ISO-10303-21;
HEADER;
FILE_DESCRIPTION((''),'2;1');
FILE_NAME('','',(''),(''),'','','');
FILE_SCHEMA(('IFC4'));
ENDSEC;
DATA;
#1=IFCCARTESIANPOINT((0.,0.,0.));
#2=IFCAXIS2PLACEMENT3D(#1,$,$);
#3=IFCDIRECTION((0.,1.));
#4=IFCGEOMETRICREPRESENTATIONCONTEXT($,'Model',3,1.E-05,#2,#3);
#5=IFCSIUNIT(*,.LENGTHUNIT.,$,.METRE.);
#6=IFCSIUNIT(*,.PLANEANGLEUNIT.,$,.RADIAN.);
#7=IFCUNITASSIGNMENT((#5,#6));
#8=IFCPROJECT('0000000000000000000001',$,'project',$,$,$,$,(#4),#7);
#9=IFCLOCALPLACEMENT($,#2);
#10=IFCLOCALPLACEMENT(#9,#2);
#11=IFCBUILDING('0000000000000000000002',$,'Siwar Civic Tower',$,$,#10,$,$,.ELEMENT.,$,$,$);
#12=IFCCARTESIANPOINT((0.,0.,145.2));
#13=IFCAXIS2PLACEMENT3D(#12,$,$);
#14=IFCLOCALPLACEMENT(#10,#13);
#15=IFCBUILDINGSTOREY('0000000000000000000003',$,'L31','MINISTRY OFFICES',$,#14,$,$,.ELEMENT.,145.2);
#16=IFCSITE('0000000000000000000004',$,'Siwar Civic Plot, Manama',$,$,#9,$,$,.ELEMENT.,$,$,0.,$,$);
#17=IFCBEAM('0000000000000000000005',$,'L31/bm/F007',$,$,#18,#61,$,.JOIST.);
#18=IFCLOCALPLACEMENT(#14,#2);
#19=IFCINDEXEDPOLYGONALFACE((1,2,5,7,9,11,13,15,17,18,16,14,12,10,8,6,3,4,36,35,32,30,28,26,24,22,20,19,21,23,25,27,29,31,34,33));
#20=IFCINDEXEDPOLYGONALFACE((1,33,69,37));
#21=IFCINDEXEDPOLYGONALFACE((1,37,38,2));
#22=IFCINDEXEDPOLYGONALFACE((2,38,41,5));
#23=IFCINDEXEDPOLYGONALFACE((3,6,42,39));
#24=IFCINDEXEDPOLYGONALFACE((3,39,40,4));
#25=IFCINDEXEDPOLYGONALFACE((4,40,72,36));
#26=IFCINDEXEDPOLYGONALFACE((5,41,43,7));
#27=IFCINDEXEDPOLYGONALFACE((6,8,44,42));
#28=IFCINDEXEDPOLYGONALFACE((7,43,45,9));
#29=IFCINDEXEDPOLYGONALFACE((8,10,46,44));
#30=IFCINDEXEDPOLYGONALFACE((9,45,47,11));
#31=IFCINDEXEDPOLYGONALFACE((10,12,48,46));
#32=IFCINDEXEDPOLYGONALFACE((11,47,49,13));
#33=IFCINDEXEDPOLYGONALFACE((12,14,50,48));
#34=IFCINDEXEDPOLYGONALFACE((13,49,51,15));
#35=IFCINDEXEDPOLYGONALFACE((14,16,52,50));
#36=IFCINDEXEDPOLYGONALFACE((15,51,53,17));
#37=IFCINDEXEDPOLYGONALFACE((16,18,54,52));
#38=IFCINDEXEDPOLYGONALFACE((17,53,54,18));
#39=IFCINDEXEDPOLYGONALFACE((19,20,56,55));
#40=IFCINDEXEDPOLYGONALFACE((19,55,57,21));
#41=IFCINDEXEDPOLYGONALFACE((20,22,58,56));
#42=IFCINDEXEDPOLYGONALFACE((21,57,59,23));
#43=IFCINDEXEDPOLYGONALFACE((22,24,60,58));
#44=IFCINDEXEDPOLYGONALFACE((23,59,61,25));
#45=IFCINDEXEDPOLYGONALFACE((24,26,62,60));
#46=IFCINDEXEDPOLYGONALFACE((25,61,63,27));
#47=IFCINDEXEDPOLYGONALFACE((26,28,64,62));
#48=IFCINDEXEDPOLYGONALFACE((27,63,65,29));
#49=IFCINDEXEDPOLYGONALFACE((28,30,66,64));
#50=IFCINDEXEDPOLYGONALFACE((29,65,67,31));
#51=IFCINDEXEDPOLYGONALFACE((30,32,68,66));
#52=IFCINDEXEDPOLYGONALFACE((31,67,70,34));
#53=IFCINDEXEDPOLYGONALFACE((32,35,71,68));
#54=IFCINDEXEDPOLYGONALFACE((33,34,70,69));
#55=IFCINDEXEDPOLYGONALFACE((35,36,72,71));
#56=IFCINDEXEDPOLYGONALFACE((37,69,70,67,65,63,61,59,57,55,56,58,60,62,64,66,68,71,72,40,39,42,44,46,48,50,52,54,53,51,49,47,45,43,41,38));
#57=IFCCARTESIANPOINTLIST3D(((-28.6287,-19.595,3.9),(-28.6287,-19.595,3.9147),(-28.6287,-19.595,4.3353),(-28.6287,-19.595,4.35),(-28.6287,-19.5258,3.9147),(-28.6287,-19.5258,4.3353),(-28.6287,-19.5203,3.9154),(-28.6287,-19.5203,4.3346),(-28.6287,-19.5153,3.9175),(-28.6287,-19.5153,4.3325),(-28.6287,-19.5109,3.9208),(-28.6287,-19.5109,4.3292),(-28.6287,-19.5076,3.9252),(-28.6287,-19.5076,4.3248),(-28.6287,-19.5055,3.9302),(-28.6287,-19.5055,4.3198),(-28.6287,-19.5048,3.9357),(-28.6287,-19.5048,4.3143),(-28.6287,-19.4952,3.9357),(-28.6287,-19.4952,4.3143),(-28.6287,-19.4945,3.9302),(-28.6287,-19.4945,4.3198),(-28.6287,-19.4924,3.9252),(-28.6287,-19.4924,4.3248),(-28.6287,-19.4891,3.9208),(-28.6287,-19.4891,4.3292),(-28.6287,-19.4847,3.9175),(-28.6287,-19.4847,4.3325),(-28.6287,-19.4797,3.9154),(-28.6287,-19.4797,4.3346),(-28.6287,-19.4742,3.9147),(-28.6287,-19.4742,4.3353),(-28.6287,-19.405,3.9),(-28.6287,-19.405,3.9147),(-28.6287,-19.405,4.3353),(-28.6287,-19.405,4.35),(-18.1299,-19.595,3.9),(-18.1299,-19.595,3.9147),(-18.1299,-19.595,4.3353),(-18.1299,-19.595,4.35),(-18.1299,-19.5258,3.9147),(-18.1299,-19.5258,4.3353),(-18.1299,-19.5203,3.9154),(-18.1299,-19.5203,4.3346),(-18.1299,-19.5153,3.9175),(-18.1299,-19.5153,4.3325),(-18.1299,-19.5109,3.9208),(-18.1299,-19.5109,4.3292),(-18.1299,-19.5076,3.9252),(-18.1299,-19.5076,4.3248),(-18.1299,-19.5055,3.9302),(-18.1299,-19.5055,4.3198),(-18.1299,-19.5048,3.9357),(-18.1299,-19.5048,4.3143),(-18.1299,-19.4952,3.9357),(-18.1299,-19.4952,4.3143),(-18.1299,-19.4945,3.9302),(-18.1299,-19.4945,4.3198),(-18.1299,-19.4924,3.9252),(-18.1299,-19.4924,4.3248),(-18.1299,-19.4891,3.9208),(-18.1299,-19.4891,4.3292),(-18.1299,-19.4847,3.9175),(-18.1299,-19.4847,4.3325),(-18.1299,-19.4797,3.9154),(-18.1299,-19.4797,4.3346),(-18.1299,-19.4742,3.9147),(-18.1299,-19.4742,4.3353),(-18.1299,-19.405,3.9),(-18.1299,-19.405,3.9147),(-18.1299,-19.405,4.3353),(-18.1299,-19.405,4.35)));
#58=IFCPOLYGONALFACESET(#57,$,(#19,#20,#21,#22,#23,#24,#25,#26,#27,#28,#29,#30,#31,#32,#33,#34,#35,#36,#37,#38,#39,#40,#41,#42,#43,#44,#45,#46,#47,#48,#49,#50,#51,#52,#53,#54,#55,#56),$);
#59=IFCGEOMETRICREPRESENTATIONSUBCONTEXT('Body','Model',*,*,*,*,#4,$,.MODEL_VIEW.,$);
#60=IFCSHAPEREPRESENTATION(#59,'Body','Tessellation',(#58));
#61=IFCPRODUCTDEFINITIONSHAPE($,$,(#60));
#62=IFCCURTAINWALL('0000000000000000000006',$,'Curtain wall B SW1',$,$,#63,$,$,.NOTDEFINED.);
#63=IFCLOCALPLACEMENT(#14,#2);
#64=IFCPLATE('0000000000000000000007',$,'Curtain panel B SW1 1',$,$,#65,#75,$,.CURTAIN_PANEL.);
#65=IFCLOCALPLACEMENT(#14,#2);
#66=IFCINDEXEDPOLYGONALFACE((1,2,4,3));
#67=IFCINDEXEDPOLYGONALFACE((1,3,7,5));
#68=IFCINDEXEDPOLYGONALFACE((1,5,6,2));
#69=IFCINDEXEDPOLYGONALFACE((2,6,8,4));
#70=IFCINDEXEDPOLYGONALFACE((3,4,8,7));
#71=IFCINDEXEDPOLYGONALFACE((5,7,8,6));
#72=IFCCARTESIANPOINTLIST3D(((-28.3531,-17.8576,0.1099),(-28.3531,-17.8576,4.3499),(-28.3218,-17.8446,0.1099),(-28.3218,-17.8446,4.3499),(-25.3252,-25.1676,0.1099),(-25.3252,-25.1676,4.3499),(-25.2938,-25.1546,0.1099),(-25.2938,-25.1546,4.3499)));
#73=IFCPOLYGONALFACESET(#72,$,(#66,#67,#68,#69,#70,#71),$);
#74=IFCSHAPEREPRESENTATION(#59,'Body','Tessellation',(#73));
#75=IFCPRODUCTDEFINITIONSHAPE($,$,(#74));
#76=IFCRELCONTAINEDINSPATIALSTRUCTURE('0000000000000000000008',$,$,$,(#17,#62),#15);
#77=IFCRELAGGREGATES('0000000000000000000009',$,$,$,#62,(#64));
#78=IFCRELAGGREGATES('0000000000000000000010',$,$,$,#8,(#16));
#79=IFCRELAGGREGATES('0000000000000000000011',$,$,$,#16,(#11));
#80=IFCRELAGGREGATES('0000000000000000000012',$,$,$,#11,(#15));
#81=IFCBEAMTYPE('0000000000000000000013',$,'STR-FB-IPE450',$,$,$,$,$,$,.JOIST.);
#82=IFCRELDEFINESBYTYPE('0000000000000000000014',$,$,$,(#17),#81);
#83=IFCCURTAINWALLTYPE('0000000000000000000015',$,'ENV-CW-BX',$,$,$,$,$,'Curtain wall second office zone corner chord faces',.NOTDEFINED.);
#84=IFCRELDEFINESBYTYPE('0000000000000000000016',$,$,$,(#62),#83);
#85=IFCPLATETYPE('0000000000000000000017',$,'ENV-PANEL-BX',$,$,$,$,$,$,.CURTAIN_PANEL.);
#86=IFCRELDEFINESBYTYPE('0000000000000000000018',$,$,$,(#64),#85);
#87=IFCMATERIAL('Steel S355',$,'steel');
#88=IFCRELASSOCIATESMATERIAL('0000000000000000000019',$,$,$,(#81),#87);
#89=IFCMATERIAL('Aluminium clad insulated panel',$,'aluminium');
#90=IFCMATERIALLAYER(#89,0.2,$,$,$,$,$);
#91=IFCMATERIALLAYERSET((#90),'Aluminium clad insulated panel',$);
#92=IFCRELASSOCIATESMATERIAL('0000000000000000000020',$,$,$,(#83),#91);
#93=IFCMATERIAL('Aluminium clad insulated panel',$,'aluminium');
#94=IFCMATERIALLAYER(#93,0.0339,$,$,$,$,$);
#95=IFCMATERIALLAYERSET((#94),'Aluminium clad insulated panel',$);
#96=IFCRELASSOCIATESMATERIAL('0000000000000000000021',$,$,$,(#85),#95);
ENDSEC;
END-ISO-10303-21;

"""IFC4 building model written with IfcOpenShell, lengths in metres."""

from ifc_helpers import new_model, si_unit, direction, frame, origin, origin_2d, place, context, subcontext, project, spatial, rectangle, i_section, extrude, material, layer, layer_set, material_profile, profile_set, type_object, element, aggregate, save


model = new_model("IFC4")

# Units and contexts
model_context = context("Model", 3, precision=1e-05, world=origin(), true_north=direction((0.0, 1.0)))
body_context = subcontext(model_context, "Body", "Model", "MODEL_VIEW")
ifc_project = project(units=[si_unit("LENGTHUNIT", "METRE"), si_unit("PLANEANGLEUNIT", "RADIAN")], contexts=[model_context])

# Site, building, storey
site_placement = place(None, origin())
site = spatial("IfcSite", under=ifc_project, at=site_placement, Name="Siwar Civic Plot, Manama", CompositionType="ELEMENT", RefElevation=0.0)
building_placement = place(site_placement, origin())
building = spatial("IfcBuilding", under=site, at=building_placement, Name="Siwar Civic Tower", CompositionType="ELEMENT")
storey_placement = place(building_placement, frame((0.0, 0.0, 145.2)))
storey = spatial("IfcBuildingStorey", under=building, at=storey_placement, Name="L31", Description="MINISTRY OFFICES", CompositionType="ELEMENT", Elevation=145.2)

# Beam
ifc_material_1 = material(Name="Steel S355", Category="steel")
ifc_material_profile_1 = material_profile(ifc_material_1, i_section(OverallWidth=0.1899, OverallDepth=0.45, WebThickness=0.0095, FlangeThickness=0.0146, FilletRadius=0.021, at=origin_2d()), Name="IPE450")
ifc_profile_set_1 = profile_set([ifc_material_profile_1], Name="Steel S355")
beam_type = type_object("IfcBeamType", Name="STR-FB-IPE450", PredefinedType="JOIST", material=ifc_profile_set_1)
beam_1_placement = place(storey_placement, frame((-28.6287, -19.5, 4.125), z_axis=(1.0, 0.0, 0.0), x_axis=(0.0, 1.0, 0.0)))
element("IfcBeam", 1, at=beam_1_placement, inside=storey, type_object=beam_type, Name="L31/bm/F007", PredefinedType="JOIST", context=body_context, shape_type="SweptSolid", body=[
    extrude(i_section(OverallWidth=0.1899, OverallDepth=0.45, WebThickness=0.0095, FlangeThickness=0.0146, FilletRadius=0.021, at=origin_2d()), origin(), (0.0, 0.0, 1.0), 10.4988),
])

# Curtain wall, plate
ifc_material_2 = material(Name="Aluminium clad insulated panel", Category="aluminium")
ifc_layer_1 = layer(ifc_material_2, 0.2)
ifc_layer_set_1 = layer_set([ifc_layer_1], Name="Aluminium clad insulated panel")
curtain_wall_type = type_object("IfcCurtainWallType", Name="ENV-CW-BX", ElementType="Curtain wall second office zone corner chord faces", PredefinedType="NOTDEFINED", material=ifc_layer_set_1)
curtain_wall_placement = place(storey_placement, origin())
curtain_wall = element("IfcCurtainWall", 2, at=curtain_wall_placement, inside=storey, type_object=curtain_wall_type, Name="Curtain wall B SW1", PredefinedType="NOTDEFINED")
ifc_material_3 = material(Name="Aluminium clad insulated panel", Category="aluminium")
ifc_layer_2 = layer(ifc_material_3, 0.0339)
ifc_layer_set_2 = layer_set([ifc_layer_2], Name="Aluminium clad insulated panel")
plate_type = type_object("IfcPlateType", Name="ENV-PANEL-BX", PredefinedType="CURTAIN_PANEL", material=ifc_layer_set_2)
plate_placement = place(storey_placement, frame((-26.8235, -21.5061, 0.1099), z_axis=(0.0, 0.0, 1.0), x_axis=(0.382683, -0.92388, 0.0)))
plate = element("IfcPlate", 3, at=plate_placement, type_object=plate_type, Name="Curtain panel B SW1 1", PredefinedType="CURTAIN_PANEL", context=body_context, shape_type="SweptSolid", body=[
    extrude(rectangle(XDim=7.9124, YDim=0.0339, at=origin_2d()), origin(), (0.0, 0.0, 1.0), 4.24),
])
aggregate(curtain_wall, [plate])

save(model, "model.ifc")
